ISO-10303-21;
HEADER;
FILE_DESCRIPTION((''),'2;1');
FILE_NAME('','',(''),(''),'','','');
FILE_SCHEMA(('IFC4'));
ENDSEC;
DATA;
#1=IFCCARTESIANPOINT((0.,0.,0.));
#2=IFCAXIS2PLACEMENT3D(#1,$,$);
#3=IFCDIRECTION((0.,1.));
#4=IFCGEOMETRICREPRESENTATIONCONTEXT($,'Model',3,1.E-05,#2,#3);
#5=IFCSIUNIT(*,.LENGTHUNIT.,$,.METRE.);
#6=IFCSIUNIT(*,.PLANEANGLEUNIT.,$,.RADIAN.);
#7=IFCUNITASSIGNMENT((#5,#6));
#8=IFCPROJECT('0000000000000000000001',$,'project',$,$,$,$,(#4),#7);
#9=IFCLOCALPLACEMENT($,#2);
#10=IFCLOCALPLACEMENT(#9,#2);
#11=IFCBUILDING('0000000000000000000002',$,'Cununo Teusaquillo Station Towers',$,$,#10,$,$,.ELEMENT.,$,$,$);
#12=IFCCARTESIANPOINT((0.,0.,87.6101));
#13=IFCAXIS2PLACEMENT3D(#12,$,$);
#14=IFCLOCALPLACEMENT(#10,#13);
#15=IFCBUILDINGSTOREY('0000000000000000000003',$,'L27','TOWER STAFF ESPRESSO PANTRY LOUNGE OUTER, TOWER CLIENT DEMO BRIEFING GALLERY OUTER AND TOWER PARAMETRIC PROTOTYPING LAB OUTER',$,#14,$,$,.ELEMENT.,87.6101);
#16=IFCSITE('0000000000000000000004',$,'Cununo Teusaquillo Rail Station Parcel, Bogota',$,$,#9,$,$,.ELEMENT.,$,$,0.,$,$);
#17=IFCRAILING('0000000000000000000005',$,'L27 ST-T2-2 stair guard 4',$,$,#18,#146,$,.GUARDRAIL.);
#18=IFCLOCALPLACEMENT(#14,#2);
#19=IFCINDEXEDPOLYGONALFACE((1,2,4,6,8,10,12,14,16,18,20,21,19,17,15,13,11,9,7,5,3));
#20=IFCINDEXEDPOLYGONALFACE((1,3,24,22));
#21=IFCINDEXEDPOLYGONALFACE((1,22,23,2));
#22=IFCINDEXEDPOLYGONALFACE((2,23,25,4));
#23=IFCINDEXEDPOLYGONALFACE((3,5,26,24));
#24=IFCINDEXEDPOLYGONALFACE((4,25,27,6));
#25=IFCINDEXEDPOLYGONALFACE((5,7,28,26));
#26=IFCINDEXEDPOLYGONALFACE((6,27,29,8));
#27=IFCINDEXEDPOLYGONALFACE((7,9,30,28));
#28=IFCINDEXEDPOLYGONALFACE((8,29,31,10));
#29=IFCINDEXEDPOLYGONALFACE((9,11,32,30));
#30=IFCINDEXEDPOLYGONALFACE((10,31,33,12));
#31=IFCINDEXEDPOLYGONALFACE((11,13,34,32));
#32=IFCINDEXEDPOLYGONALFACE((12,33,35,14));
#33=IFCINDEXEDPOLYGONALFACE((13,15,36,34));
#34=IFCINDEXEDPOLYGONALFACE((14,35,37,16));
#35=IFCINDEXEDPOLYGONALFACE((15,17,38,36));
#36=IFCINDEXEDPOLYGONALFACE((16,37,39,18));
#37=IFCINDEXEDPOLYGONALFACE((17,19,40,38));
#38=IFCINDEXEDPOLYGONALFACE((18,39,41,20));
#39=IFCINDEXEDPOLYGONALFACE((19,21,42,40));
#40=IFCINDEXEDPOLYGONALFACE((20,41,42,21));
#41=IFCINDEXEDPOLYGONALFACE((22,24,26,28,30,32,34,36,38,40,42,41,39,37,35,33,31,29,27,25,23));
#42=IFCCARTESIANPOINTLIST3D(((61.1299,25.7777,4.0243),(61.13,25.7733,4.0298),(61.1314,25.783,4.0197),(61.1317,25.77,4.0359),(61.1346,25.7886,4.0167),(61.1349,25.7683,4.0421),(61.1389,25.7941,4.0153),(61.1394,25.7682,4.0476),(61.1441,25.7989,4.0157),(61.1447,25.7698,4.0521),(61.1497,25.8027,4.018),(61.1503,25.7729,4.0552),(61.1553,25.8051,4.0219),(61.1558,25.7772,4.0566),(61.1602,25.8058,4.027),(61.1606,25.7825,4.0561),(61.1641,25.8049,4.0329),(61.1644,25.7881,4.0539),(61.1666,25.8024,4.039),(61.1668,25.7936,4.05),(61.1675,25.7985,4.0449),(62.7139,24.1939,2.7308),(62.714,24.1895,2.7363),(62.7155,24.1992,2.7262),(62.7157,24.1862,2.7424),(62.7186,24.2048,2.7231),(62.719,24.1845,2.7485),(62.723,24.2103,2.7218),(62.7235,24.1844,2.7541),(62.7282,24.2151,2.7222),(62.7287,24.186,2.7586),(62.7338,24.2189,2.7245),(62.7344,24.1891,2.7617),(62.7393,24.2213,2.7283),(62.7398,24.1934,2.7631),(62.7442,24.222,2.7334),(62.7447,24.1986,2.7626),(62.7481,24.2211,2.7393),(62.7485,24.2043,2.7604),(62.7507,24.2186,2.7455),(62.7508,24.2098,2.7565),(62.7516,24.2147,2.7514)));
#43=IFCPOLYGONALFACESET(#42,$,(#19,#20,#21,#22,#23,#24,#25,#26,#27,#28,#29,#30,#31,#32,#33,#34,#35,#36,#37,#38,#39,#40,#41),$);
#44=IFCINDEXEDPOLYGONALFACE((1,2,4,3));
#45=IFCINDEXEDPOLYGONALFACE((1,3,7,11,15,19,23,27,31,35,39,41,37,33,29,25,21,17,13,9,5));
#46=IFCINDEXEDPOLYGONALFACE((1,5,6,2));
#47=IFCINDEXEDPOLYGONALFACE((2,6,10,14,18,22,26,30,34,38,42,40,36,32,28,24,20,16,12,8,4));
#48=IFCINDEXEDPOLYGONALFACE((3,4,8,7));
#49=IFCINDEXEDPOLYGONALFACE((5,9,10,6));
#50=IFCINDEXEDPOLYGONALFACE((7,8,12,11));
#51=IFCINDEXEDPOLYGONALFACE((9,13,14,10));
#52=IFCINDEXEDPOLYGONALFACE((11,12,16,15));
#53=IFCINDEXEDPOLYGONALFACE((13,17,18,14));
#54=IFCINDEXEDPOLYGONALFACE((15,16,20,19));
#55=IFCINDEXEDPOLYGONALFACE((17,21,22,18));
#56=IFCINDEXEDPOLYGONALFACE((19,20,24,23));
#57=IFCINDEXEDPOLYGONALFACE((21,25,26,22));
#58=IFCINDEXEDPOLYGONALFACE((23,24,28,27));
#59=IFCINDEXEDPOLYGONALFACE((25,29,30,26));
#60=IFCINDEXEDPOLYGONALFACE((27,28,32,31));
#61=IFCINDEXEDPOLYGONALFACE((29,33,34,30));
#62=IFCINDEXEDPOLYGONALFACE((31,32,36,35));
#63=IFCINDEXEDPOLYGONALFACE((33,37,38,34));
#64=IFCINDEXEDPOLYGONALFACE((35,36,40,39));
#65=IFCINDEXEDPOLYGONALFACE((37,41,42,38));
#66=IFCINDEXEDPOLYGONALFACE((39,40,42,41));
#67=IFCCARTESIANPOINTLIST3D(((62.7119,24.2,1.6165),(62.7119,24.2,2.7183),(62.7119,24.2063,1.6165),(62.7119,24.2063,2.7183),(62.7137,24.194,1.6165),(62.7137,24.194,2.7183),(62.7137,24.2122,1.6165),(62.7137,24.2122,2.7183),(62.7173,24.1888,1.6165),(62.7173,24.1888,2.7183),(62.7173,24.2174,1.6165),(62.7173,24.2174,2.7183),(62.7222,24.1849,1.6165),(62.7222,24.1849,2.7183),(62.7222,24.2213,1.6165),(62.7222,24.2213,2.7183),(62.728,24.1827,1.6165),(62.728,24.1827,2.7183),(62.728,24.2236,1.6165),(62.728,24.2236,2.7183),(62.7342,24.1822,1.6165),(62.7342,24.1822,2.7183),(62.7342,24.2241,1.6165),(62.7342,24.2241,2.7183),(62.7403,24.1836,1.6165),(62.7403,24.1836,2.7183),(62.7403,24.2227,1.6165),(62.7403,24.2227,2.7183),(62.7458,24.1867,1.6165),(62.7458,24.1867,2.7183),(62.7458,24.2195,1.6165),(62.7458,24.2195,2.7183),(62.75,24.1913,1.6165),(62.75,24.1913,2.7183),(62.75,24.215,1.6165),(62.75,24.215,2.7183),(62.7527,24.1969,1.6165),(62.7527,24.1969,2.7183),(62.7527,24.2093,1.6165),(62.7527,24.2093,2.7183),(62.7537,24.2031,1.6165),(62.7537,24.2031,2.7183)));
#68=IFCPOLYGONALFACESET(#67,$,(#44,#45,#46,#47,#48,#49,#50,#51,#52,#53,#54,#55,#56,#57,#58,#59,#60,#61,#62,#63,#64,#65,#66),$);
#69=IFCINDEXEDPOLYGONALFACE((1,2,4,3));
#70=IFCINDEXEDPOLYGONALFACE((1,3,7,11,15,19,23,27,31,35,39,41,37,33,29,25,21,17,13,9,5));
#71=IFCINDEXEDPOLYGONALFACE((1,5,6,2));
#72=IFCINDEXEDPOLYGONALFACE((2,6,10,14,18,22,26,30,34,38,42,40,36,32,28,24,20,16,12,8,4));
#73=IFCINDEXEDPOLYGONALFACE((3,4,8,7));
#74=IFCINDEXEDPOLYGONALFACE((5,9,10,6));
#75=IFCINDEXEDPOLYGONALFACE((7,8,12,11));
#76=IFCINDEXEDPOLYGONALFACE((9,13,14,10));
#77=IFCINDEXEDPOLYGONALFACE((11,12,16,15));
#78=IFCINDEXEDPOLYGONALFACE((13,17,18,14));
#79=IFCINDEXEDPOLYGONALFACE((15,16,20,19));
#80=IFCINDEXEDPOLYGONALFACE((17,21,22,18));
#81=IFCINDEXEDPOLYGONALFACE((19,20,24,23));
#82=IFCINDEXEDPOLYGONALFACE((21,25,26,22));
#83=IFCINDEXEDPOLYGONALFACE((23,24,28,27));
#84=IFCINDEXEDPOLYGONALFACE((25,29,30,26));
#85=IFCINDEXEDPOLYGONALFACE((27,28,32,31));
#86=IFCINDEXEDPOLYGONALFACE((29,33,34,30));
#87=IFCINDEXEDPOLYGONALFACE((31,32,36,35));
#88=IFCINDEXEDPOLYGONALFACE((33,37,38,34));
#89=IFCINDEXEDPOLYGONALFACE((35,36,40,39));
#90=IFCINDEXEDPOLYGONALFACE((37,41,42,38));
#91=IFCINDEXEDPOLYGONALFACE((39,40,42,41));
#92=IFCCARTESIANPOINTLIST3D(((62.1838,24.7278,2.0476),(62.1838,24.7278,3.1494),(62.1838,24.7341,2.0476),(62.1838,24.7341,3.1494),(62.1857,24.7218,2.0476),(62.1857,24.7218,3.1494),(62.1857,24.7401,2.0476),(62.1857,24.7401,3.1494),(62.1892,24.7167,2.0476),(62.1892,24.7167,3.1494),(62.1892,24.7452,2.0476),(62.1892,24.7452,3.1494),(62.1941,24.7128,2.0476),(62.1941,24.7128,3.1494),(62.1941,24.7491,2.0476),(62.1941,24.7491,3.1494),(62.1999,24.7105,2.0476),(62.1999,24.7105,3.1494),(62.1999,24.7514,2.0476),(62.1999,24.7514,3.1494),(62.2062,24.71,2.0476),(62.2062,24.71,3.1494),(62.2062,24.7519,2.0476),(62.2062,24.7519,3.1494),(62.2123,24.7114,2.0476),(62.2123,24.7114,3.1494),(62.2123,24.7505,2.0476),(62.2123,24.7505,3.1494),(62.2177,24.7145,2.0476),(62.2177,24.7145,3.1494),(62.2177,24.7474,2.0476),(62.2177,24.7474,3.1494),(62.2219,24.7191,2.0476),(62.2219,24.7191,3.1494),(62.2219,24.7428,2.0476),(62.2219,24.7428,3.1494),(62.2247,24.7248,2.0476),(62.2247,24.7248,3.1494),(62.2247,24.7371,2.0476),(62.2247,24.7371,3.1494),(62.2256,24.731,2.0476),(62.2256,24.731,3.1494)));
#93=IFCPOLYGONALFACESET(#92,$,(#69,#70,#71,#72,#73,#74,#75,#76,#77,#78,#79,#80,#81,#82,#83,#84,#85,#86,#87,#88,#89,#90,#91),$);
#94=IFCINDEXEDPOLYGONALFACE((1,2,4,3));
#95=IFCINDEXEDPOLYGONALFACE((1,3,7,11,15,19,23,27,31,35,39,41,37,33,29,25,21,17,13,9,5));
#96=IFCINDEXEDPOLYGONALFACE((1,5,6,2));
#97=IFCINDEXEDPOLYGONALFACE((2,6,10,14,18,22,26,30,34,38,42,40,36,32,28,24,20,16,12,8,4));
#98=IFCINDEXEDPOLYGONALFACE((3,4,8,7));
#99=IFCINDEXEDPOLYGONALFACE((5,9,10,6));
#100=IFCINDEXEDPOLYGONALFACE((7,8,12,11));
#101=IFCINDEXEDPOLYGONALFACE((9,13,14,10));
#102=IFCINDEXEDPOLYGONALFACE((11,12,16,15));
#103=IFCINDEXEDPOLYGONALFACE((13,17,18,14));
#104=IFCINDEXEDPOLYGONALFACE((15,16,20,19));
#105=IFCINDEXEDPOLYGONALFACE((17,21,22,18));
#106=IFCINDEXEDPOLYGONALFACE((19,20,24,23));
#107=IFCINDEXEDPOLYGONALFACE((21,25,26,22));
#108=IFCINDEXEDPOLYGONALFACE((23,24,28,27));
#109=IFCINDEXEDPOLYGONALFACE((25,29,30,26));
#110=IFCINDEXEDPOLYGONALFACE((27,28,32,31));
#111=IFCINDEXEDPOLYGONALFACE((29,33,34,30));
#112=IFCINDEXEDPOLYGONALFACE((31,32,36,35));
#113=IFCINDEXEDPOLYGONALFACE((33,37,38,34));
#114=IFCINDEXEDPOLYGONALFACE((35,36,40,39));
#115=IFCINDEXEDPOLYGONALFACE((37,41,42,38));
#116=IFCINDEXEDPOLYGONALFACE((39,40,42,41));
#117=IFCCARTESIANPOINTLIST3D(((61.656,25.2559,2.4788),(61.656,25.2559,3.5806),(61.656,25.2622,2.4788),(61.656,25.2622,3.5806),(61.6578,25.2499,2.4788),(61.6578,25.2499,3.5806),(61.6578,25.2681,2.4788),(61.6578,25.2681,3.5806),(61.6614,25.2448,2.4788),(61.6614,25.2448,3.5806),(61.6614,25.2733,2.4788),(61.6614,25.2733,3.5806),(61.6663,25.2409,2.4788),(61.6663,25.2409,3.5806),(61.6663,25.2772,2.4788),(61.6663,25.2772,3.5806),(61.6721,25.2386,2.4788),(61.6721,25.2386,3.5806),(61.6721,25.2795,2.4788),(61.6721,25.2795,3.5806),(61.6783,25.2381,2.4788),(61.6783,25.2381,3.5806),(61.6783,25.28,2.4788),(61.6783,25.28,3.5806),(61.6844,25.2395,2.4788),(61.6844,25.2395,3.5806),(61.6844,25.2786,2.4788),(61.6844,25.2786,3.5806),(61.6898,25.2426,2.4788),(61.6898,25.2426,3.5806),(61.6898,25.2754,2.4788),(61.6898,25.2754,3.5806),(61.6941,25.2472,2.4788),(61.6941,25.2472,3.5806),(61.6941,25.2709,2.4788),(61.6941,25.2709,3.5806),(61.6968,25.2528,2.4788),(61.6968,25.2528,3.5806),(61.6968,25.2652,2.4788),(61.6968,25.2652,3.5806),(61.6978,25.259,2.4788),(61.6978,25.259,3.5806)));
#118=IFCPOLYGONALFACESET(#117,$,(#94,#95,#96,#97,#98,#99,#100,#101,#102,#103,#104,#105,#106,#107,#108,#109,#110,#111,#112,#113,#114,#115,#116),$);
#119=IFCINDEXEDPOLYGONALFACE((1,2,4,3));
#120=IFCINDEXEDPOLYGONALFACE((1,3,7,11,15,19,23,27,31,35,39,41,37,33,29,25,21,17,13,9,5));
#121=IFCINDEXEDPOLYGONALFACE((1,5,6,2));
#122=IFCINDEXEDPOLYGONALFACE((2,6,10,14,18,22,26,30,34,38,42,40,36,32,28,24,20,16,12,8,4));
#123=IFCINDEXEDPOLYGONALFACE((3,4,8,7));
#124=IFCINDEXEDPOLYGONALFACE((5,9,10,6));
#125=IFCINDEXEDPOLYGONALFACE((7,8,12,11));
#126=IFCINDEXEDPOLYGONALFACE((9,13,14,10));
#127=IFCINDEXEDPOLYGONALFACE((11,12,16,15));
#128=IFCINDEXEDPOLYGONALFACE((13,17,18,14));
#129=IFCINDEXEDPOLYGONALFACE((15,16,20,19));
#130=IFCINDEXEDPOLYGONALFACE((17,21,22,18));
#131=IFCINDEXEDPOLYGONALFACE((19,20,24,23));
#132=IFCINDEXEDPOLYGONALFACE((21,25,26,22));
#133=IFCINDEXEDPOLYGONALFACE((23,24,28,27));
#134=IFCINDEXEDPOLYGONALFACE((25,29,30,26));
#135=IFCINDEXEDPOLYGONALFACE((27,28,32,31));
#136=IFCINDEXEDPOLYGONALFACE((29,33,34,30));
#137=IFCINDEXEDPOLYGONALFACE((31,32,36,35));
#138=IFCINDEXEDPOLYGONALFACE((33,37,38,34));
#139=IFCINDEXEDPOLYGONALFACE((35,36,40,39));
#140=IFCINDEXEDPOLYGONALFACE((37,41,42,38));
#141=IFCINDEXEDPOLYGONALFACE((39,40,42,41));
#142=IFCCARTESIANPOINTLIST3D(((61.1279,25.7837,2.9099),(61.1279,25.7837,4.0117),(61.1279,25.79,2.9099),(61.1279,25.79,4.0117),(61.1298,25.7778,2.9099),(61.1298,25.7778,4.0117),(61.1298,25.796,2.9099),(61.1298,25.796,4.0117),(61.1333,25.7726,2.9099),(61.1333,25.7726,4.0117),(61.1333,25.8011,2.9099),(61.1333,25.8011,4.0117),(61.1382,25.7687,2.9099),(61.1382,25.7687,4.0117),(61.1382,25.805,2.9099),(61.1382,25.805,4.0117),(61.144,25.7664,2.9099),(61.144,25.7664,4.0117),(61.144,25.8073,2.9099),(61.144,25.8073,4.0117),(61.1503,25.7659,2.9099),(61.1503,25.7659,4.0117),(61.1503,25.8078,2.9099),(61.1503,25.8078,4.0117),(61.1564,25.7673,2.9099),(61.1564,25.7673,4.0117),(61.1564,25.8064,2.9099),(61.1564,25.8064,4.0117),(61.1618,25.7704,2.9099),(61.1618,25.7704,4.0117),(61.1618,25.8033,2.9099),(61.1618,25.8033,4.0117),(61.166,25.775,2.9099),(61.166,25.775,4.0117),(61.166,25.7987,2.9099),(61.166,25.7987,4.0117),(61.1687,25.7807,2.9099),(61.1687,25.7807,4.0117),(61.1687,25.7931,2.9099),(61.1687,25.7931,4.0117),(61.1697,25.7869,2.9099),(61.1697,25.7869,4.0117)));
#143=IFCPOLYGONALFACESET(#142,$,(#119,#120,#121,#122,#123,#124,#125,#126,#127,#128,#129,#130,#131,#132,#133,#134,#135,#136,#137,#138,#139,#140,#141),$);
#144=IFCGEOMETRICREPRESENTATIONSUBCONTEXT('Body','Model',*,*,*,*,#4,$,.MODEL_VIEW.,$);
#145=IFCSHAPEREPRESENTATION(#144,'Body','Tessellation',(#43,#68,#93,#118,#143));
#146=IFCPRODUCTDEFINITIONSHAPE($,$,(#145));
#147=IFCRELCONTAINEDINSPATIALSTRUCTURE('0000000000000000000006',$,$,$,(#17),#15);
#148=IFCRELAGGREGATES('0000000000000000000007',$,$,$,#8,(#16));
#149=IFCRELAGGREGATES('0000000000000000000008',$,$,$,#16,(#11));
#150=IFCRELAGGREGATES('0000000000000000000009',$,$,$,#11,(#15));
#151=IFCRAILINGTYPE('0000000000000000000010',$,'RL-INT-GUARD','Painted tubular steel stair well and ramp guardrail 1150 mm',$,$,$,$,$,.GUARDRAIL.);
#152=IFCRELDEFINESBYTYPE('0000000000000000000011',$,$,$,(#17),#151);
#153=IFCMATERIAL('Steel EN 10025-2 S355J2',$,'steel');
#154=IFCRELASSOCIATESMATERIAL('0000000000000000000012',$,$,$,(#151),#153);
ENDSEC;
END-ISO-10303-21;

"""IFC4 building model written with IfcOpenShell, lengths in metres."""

from ifc_helpers import new_model, si_unit, direction, frame, origin, origin_2d, place, context, subcontext, project, spatial, circle, extrude, material, type_object, element, save


model = new_model("IFC4")

# Units and contexts
model_context = context("Model", 3, precision=1e-05, world=origin(), true_north=direction((0.0, 1.0)))
body_context = subcontext(model_context, "Body", "Model", "MODEL_VIEW")
ifc_project = project(units=[si_unit("LENGTHUNIT", "METRE"), si_unit("PLANEANGLEUNIT", "RADIAN")], contexts=[model_context])

# Site, building, storey
site_placement = place(None, origin())
site = spatial("IfcSite", under=ifc_project, at=site_placement, Name="Cununo Teusaquillo Rail Station Parcel, Bogota", CompositionType="ELEMENT", RefElevation=0.0)
building_placement = place(site_placement, origin())
building = spatial("IfcBuilding", under=site, at=building_placement, Name="Cununo Teusaquillo Station Towers", CompositionType="ELEMENT")
storey_placement = place(building_placement, frame((0.0, 0.0, 87.6101)))
storey = spatial("IfcBuildingStorey", under=building, at=storey_placement, Name="L27", Description="TOWER STAFF ESPRESSO PANTRY LOUNGE OUTER, TOWER CLIENT DEMO BRIEFING GALLERY OUTER AND TOWER PARAMETRIC PROTOTYPING LAB OUTER", CompositionType="ELEMENT", Elevation=87.6101)

# Railing
ifc_material_1 = material(Name="Steel EN 10025-2 S355J2", Category="steel")
railing_type_1 = type_object("IfcRailingType", Name="RL-INT-GUARD", Description="Painted tubular steel stair well and ramp guardrail 1150 mm", PredefinedType="GUARDRAIL", material=ifc_material_1)
railing_1_placement = place(storey_placement, frame((62.7327, 24.2031, 1.6165)))
element("IfcRailing", 1, at=railing_1_placement, inside=storey, type_object=railing_type_1, Name="L27 ST-T2-2 stair guard 4", PredefinedType="GUARDRAIL", context=body_context, shape_type="SweptSolid", body=[
    extrude(circle(Radius=0.0239, at=origin_2d()), frame((0.0, 0.0, 1.126), z_axis=(-0.612391, 0.612297, 0.500069), x_axis=(-0.707052, -0.707161, 0.0)), (0.0, 0.0, 1.0), 2.5867),
    extrude(circle(Radius=0.021, at=origin_2d()), origin(), (0.0, 0.0, 1.0), 1.1018),
    extrude(circle(Radius=0.021, at=origin_2d()), frame((-0.5281, 0.5278, 0.4312)), (0.0, 0.0, 1.0), 1.1018),
    extrude(circle(Radius=0.021, at=origin_2d()), frame((-1.0559, 1.0559, 0.8623)), (0.0, 0.0, 1.0), 1.1018),
    extrude(circle(Radius=0.021, at=origin_2d()), frame((-1.584, 1.5837, 1.2935)), (0.0, 0.0, 1.0), 1.1018),
])

save(model, "model.ifc")
